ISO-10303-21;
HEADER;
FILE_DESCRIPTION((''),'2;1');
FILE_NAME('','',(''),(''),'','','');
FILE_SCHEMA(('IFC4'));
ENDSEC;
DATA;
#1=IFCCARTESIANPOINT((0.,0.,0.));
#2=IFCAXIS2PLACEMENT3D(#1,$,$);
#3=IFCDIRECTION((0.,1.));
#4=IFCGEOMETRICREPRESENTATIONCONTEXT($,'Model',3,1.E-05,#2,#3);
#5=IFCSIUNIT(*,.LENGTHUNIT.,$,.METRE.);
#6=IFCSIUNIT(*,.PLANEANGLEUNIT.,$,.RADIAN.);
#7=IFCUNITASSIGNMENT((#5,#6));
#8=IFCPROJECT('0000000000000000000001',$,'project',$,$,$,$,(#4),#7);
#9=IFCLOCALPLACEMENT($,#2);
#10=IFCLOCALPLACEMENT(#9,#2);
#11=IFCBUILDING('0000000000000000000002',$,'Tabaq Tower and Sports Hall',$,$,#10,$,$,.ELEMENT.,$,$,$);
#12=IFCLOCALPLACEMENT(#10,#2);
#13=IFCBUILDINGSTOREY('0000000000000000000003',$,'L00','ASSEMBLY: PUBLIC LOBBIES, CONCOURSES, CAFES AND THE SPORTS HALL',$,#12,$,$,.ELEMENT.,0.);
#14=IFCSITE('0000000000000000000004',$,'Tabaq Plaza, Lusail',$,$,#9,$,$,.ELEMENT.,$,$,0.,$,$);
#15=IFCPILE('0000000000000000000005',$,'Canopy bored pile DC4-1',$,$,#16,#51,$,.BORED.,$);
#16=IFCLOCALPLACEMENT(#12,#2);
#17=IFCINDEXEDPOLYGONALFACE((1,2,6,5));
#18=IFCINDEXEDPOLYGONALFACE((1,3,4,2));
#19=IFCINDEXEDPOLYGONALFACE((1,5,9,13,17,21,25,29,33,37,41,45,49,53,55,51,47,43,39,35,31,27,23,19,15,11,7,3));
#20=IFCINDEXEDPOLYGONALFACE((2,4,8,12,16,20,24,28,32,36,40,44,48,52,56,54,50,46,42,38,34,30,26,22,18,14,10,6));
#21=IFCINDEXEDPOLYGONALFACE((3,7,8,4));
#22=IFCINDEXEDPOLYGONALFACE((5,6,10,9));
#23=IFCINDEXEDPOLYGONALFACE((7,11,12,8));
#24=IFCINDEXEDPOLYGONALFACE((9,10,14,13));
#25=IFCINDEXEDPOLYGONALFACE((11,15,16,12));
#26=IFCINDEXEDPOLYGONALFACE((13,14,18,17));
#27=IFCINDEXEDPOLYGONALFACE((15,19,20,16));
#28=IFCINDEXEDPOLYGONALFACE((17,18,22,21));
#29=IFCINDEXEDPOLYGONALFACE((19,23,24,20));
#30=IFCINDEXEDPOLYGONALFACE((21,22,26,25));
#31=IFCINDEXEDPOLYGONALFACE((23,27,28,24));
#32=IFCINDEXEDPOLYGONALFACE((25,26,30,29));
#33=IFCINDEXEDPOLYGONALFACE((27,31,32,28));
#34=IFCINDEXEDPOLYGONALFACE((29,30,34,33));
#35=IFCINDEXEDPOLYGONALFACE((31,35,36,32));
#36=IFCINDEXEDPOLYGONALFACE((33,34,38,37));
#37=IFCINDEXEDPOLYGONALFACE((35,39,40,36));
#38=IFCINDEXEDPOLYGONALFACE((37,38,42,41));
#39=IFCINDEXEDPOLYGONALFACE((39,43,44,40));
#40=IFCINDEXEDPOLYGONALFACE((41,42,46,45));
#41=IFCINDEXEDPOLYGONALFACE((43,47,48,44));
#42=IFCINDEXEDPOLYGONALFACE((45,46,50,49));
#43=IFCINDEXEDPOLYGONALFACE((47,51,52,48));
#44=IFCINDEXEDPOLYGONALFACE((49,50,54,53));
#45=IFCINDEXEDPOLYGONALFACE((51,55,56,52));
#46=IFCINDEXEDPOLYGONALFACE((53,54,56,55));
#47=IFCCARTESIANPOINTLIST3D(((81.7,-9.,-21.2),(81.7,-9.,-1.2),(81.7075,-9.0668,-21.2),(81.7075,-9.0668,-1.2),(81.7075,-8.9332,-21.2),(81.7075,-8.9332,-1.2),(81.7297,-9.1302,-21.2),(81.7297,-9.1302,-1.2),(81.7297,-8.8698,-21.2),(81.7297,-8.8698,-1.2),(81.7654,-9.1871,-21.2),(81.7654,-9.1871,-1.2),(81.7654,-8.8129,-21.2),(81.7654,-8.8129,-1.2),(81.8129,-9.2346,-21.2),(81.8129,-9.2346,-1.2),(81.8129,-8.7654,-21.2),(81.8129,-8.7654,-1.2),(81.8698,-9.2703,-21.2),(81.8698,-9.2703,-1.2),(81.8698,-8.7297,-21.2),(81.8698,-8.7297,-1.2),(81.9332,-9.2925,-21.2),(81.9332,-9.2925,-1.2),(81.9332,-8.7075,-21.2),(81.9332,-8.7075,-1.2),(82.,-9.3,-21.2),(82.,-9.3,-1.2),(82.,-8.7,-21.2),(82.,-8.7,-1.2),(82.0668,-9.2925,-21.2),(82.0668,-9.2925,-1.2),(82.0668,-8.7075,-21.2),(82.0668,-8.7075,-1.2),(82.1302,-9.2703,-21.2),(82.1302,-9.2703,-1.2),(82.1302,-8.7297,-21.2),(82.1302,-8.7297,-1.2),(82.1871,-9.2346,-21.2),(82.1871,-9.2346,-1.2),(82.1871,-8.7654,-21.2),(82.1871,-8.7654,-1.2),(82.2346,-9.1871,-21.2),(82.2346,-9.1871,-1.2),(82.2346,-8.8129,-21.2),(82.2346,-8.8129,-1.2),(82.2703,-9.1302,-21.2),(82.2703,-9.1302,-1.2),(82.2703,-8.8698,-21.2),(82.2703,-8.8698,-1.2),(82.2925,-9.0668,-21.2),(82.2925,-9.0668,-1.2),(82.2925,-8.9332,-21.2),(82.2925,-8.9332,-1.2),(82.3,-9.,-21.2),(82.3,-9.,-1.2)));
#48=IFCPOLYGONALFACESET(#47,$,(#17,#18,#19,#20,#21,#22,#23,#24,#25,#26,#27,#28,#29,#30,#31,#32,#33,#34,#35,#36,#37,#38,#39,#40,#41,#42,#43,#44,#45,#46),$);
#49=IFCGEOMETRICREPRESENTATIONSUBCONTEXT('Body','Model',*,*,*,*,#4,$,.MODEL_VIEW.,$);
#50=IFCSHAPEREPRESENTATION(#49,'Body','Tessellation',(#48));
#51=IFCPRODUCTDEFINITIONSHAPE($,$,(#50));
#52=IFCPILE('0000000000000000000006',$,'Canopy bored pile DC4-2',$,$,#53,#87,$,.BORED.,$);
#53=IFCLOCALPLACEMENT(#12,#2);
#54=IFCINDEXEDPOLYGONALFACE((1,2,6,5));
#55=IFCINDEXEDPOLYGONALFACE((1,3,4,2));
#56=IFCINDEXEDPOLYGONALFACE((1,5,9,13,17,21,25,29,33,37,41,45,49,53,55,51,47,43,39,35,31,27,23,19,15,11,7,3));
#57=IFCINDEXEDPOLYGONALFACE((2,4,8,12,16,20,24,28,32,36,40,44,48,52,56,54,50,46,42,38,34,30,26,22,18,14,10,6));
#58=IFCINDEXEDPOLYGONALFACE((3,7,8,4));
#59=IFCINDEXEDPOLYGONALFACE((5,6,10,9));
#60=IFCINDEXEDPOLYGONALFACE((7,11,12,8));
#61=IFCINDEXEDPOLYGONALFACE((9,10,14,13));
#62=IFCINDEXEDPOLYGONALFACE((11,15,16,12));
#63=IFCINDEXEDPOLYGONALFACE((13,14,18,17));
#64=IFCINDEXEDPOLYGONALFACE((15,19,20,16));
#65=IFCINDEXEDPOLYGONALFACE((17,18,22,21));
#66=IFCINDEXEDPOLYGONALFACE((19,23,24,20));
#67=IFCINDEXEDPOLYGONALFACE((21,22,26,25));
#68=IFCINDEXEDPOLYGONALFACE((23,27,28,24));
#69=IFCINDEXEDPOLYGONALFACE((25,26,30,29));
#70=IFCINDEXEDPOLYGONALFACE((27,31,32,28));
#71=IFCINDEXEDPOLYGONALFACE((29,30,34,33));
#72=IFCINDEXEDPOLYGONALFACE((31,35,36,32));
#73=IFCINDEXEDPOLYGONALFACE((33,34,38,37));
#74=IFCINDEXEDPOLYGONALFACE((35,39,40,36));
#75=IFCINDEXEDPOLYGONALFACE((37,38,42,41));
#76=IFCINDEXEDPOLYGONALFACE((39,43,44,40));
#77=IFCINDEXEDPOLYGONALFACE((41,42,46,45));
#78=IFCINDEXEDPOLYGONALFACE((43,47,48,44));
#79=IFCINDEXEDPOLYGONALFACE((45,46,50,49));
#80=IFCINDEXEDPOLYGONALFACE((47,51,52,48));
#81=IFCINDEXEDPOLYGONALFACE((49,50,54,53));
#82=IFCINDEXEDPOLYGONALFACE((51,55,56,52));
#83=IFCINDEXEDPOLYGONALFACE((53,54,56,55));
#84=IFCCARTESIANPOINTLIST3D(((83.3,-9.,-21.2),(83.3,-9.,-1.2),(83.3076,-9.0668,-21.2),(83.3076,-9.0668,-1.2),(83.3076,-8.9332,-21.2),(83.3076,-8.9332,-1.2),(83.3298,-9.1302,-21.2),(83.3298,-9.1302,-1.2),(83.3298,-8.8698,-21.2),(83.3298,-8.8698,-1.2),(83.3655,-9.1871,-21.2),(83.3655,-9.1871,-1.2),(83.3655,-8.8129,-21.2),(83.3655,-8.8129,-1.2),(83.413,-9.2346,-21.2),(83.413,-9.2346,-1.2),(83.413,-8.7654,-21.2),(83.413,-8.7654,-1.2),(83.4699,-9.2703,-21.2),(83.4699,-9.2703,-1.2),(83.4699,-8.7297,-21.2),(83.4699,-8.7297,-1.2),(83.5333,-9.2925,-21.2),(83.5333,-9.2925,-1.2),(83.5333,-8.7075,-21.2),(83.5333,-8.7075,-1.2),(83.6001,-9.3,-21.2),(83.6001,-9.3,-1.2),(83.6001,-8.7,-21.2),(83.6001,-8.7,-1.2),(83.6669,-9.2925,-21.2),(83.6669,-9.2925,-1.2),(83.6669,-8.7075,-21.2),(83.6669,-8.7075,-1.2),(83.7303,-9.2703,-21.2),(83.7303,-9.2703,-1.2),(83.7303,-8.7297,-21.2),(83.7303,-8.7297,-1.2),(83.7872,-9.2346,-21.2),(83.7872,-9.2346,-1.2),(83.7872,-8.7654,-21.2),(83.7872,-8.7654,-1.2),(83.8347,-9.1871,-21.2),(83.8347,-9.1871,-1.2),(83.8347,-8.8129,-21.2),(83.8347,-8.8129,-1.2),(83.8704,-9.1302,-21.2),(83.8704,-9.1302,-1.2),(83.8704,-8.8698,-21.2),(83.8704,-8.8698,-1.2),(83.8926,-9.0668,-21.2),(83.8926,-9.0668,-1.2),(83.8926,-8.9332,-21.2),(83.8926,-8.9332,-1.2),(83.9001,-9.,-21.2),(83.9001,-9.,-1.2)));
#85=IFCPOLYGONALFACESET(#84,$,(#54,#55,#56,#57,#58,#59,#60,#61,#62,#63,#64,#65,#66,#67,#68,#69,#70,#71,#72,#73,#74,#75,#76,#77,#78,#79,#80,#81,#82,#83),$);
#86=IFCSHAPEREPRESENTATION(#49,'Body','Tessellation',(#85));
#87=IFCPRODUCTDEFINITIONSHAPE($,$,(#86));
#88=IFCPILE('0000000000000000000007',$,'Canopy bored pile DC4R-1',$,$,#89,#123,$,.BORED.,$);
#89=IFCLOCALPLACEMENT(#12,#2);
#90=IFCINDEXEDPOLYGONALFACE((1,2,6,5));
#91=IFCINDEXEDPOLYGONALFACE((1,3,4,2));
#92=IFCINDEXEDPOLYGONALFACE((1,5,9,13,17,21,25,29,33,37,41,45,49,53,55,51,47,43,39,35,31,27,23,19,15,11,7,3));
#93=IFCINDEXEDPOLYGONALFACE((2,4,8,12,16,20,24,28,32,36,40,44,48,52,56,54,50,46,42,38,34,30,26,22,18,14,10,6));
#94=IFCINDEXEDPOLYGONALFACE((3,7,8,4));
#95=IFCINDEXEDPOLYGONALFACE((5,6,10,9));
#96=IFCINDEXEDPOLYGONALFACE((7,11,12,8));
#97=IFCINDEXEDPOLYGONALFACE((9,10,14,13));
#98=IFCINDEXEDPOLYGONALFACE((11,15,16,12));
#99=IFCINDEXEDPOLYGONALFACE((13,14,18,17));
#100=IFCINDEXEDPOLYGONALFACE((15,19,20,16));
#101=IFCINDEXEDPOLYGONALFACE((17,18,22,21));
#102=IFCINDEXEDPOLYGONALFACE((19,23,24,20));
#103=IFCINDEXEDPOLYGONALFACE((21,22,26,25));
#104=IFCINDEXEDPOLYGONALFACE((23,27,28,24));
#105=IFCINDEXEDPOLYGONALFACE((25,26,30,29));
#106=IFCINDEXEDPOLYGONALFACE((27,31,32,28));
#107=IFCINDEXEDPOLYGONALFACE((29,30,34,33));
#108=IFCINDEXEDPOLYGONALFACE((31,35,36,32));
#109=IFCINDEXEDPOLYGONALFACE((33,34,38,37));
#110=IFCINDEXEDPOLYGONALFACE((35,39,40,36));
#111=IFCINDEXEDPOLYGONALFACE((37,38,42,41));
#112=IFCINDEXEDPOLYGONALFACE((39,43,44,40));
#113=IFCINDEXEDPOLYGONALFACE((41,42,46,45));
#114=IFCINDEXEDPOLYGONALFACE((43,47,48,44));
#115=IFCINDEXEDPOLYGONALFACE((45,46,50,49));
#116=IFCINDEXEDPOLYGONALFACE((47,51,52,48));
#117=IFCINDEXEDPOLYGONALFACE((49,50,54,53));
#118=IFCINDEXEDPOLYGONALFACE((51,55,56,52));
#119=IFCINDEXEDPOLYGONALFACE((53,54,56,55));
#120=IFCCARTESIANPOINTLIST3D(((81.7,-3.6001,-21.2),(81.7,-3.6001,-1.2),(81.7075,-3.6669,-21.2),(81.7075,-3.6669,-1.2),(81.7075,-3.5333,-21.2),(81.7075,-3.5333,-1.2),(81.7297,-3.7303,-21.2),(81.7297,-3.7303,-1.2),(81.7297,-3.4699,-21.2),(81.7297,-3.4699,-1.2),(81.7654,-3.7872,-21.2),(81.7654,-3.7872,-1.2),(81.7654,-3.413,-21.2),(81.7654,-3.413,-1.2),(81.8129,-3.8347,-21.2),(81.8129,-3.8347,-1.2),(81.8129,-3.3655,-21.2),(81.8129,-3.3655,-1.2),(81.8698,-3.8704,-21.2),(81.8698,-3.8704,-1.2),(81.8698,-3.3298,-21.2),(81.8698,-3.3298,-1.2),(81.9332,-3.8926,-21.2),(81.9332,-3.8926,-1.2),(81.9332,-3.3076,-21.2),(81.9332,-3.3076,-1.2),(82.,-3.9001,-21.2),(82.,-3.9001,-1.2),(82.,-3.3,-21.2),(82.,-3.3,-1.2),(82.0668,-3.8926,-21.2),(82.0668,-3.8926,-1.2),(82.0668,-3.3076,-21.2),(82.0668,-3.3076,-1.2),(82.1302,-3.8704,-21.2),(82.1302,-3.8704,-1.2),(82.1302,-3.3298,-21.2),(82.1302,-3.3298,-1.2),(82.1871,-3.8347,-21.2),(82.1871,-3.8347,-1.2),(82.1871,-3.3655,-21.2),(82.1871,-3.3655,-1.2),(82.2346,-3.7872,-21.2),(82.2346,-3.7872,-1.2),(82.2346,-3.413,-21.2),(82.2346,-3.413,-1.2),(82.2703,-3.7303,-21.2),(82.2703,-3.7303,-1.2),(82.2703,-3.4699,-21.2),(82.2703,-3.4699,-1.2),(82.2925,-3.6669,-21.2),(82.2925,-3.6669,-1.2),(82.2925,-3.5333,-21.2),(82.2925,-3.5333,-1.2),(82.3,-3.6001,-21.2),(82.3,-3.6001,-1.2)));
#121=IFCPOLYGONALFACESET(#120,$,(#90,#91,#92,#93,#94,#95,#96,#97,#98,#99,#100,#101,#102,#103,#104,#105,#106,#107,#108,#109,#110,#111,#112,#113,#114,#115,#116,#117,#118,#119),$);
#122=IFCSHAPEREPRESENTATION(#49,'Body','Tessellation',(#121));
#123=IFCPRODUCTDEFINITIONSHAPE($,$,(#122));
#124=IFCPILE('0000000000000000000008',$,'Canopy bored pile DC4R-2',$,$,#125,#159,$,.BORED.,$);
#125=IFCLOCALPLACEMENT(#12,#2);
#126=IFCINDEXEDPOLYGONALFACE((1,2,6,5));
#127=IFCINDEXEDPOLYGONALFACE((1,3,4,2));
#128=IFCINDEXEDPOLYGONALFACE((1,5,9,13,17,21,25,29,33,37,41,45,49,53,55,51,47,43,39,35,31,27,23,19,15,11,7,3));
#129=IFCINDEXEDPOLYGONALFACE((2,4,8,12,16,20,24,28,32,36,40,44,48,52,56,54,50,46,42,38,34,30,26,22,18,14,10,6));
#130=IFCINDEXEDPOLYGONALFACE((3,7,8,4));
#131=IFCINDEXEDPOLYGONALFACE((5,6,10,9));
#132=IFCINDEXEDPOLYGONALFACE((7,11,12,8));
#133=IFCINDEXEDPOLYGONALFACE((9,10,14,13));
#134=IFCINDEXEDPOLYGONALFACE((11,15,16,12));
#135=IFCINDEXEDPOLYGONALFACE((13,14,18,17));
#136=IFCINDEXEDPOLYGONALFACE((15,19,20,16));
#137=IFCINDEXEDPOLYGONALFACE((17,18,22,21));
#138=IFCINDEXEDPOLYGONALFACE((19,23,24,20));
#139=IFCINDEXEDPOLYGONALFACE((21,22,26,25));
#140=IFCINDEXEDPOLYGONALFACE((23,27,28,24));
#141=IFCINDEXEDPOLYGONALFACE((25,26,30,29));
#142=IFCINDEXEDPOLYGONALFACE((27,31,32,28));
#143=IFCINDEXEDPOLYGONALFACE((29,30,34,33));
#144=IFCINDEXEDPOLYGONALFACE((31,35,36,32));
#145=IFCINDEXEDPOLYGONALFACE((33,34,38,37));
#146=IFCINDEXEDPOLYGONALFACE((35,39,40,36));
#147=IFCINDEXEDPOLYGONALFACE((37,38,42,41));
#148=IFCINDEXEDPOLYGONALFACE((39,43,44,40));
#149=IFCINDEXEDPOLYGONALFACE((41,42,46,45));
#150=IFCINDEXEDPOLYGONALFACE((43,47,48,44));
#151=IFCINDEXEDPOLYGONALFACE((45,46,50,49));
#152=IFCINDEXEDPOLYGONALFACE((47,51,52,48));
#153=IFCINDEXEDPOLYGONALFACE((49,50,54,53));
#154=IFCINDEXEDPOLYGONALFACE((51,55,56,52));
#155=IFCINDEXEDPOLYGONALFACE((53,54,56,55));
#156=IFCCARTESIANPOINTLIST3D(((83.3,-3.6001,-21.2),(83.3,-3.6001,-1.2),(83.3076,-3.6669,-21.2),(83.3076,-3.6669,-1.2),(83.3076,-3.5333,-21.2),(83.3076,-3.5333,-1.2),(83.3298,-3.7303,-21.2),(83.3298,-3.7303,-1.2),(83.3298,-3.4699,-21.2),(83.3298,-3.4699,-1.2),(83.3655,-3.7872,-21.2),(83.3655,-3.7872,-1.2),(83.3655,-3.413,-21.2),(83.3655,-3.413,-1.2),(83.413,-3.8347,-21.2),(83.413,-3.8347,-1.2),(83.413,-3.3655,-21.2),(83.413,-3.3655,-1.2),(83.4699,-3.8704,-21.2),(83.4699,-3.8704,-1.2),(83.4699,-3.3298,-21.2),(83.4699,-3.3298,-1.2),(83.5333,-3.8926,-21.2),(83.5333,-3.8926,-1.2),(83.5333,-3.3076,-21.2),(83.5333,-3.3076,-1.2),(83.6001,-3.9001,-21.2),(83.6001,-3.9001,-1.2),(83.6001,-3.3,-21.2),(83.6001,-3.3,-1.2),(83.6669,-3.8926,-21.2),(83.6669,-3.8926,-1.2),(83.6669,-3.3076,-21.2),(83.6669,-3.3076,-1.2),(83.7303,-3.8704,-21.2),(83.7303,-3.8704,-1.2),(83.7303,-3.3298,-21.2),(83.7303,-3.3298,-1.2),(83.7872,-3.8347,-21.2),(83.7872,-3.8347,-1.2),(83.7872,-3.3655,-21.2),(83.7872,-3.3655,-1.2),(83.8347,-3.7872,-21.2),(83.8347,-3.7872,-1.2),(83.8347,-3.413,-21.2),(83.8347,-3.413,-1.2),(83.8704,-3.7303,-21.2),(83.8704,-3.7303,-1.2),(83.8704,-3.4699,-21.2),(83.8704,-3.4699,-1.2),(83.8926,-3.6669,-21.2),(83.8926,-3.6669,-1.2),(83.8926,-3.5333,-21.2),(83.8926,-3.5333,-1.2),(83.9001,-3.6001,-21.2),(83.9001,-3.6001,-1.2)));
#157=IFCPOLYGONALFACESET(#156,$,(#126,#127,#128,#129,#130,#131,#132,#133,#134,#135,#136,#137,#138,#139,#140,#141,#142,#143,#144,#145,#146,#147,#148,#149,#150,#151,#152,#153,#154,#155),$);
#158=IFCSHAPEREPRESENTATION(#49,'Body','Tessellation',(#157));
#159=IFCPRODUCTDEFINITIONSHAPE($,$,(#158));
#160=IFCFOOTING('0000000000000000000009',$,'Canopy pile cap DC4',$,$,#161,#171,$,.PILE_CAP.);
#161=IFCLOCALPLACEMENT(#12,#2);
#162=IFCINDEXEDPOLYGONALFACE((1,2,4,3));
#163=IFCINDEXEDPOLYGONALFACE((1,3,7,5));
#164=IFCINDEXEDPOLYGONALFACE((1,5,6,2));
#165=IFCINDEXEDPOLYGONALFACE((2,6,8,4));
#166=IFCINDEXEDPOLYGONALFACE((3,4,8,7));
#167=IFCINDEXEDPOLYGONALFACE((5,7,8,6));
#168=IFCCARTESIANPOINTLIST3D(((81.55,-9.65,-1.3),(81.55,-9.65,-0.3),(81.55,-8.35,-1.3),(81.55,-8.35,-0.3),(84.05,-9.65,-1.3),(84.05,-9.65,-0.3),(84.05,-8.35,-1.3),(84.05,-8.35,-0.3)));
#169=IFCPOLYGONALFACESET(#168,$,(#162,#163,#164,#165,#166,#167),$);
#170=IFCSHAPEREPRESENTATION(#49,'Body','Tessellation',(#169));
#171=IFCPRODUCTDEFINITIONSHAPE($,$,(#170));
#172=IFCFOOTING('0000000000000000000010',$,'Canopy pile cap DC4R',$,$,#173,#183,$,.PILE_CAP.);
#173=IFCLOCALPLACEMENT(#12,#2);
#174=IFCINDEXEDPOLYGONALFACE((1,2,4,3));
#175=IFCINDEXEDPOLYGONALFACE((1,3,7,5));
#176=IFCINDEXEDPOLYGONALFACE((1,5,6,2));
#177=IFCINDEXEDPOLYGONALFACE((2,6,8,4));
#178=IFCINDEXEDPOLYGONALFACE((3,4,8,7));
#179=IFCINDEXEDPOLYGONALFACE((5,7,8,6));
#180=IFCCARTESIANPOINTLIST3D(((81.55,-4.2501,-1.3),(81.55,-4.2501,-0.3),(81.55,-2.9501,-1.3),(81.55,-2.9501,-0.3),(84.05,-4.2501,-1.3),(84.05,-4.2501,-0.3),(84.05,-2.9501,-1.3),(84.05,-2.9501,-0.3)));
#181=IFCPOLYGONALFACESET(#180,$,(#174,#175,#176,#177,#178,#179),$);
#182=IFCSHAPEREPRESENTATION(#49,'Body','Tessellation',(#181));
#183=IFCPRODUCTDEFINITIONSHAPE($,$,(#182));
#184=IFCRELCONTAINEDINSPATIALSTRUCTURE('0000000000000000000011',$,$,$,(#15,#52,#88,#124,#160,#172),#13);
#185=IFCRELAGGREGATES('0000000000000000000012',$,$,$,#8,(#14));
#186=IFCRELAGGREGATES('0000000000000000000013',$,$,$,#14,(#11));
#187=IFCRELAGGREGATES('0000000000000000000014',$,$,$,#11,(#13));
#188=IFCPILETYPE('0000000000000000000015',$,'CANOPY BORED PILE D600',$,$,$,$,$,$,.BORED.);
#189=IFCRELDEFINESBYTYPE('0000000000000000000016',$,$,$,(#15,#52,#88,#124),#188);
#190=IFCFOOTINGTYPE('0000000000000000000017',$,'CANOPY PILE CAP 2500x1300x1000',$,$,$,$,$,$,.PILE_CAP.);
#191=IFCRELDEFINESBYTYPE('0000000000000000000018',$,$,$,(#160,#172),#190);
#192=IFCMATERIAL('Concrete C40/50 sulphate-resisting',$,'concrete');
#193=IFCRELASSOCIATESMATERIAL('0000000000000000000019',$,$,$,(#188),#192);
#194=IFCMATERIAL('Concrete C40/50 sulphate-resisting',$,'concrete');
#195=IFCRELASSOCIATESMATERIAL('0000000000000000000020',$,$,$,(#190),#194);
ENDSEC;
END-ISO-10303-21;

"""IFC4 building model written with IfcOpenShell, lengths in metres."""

from ifc_helpers import new_model, si_unit, direction, frame, origin, origin_2d, place, context, subcontext, project, spatial, rectangle, circle, extrude, material, material_profile, profile_set, type_object, element, save


model = new_model("IFC4")

# Units and contexts
model_context = context("Model", 3, precision=1e-05, world=origin(), true_north=direction((0.0, 1.0)))
body_context = subcontext(model_context, "Body", "Model", "MODEL_VIEW")
ifc_project = project(units=[si_unit("LENGTHUNIT", "METRE"), si_unit("PLANEANGLEUNIT", "RADIAN")], contexts=[model_context])

# Site, building, storey
site_placement = place(None, origin())
site = spatial("IfcSite", under=ifc_project, at=site_placement, Name="Tabaq Plaza, Lusail", CompositionType="ELEMENT", RefElevation=0.0)
building_placement = place(site_placement, origin())
building = spatial("IfcBuilding", under=site, at=building_placement, Name="Tabaq Tower and Sports Hall", CompositionType="ELEMENT")
storey_placement = place(building_placement, origin())
storey = spatial("IfcBuildingStorey", under=building, at=storey_placement, Name="L00", Description="ASSEMBLY: PUBLIC LOBBIES, CONCOURSES, CAFES AND THE SPORTS HALL", CompositionType="ELEMENT", Elevation=0.0)

# Piles
ifc_material_1 = material(Name="Concrete C40/50 sulphate-resisting", Category="concrete")
ifc_material_profile_1 = material_profile(ifc_material_1, circle(Radius=0.3, at=origin_2d()), Name="D600")
ifc_profile_set_1 = profile_set([ifc_material_profile_1], Name="Concrete C40/50 sulphate-resisting")
pile_type = type_object("IfcPileType", Name="CANOPY BORED PILE D600", PredefinedType="BORED", material=ifc_profile_set_1)
for number, where, z_axis, x_axis, name in (
    (1, (82.0, -9.0, -1.2), (0.0, 0.0, -1.0), (1.0, 0.0, 0.0), "Canopy bored pile DC4-1"),
    (2, (83.6001, -9.0, -1.2), (0.0, 0.0, -1.0), (1.0, 0.0, 0.0), "Canopy bored pile DC4-2"),
    (3, (82.0, -3.6001, -1.2), (0.0, 0.0, -1.0), (1.0, 0.0, 0.0), "Canopy bored pile DC4R-1"),
    (4, (83.6001, -3.6001, -1.2), (0.0, 0.0, -1.0), (1.0, 0.0, 0.0), "Canopy bored pile DC4R-2"),
):
    element("IfcPile", number, at=place(storey_placement, frame(where, z_axis=z_axis, x_axis=x_axis)), inside=storey, type_object=pile_type, Name=name, PredefinedType="BORED", context=body_context, shape_type="SweptSolid", body=[
        extrude(circle(Radius=0.3, at=origin_2d()), origin(), (0.0, 0.0, 1.0), 20.0),
    ])

# Footings
ifc_material_2 = material(Name="Concrete C40/50 sulphate-resisting", Category="concrete")
footing_type = type_object("IfcFootingType", Name="CANOPY PILE CAP 2500x1300x1000", PredefinedType="PILE_CAP", material=ifc_material_2)
for number, where, z_axis, x_axis, name in (
    (5, (82.8, -9.0, -1.3), (0.0, 0.0, 1.0), (1.0, 0.0, 0.0), "Canopy pile cap DC4"),
    (6, (82.8, -3.6001, -1.3), (0.0, 0.0, 1.0), (1.0, 0.0, 0.0), "Canopy pile cap DC4R"),
):
    element("IfcFooting", number, at=place(storey_placement, frame(where, z_axis=z_axis, x_axis=x_axis)), inside=storey, type_object=footing_type, Name=name, PredefinedType="PILE_CAP", context=body_context, shape_type="SweptSolid", body=[
        extrude(rectangle(XDim=2.5, YDim=1.3, at=origin_2d()), origin(), (0.0, 0.0, 1.0), 1.0),
    ])

save(model, "model.ifc")
